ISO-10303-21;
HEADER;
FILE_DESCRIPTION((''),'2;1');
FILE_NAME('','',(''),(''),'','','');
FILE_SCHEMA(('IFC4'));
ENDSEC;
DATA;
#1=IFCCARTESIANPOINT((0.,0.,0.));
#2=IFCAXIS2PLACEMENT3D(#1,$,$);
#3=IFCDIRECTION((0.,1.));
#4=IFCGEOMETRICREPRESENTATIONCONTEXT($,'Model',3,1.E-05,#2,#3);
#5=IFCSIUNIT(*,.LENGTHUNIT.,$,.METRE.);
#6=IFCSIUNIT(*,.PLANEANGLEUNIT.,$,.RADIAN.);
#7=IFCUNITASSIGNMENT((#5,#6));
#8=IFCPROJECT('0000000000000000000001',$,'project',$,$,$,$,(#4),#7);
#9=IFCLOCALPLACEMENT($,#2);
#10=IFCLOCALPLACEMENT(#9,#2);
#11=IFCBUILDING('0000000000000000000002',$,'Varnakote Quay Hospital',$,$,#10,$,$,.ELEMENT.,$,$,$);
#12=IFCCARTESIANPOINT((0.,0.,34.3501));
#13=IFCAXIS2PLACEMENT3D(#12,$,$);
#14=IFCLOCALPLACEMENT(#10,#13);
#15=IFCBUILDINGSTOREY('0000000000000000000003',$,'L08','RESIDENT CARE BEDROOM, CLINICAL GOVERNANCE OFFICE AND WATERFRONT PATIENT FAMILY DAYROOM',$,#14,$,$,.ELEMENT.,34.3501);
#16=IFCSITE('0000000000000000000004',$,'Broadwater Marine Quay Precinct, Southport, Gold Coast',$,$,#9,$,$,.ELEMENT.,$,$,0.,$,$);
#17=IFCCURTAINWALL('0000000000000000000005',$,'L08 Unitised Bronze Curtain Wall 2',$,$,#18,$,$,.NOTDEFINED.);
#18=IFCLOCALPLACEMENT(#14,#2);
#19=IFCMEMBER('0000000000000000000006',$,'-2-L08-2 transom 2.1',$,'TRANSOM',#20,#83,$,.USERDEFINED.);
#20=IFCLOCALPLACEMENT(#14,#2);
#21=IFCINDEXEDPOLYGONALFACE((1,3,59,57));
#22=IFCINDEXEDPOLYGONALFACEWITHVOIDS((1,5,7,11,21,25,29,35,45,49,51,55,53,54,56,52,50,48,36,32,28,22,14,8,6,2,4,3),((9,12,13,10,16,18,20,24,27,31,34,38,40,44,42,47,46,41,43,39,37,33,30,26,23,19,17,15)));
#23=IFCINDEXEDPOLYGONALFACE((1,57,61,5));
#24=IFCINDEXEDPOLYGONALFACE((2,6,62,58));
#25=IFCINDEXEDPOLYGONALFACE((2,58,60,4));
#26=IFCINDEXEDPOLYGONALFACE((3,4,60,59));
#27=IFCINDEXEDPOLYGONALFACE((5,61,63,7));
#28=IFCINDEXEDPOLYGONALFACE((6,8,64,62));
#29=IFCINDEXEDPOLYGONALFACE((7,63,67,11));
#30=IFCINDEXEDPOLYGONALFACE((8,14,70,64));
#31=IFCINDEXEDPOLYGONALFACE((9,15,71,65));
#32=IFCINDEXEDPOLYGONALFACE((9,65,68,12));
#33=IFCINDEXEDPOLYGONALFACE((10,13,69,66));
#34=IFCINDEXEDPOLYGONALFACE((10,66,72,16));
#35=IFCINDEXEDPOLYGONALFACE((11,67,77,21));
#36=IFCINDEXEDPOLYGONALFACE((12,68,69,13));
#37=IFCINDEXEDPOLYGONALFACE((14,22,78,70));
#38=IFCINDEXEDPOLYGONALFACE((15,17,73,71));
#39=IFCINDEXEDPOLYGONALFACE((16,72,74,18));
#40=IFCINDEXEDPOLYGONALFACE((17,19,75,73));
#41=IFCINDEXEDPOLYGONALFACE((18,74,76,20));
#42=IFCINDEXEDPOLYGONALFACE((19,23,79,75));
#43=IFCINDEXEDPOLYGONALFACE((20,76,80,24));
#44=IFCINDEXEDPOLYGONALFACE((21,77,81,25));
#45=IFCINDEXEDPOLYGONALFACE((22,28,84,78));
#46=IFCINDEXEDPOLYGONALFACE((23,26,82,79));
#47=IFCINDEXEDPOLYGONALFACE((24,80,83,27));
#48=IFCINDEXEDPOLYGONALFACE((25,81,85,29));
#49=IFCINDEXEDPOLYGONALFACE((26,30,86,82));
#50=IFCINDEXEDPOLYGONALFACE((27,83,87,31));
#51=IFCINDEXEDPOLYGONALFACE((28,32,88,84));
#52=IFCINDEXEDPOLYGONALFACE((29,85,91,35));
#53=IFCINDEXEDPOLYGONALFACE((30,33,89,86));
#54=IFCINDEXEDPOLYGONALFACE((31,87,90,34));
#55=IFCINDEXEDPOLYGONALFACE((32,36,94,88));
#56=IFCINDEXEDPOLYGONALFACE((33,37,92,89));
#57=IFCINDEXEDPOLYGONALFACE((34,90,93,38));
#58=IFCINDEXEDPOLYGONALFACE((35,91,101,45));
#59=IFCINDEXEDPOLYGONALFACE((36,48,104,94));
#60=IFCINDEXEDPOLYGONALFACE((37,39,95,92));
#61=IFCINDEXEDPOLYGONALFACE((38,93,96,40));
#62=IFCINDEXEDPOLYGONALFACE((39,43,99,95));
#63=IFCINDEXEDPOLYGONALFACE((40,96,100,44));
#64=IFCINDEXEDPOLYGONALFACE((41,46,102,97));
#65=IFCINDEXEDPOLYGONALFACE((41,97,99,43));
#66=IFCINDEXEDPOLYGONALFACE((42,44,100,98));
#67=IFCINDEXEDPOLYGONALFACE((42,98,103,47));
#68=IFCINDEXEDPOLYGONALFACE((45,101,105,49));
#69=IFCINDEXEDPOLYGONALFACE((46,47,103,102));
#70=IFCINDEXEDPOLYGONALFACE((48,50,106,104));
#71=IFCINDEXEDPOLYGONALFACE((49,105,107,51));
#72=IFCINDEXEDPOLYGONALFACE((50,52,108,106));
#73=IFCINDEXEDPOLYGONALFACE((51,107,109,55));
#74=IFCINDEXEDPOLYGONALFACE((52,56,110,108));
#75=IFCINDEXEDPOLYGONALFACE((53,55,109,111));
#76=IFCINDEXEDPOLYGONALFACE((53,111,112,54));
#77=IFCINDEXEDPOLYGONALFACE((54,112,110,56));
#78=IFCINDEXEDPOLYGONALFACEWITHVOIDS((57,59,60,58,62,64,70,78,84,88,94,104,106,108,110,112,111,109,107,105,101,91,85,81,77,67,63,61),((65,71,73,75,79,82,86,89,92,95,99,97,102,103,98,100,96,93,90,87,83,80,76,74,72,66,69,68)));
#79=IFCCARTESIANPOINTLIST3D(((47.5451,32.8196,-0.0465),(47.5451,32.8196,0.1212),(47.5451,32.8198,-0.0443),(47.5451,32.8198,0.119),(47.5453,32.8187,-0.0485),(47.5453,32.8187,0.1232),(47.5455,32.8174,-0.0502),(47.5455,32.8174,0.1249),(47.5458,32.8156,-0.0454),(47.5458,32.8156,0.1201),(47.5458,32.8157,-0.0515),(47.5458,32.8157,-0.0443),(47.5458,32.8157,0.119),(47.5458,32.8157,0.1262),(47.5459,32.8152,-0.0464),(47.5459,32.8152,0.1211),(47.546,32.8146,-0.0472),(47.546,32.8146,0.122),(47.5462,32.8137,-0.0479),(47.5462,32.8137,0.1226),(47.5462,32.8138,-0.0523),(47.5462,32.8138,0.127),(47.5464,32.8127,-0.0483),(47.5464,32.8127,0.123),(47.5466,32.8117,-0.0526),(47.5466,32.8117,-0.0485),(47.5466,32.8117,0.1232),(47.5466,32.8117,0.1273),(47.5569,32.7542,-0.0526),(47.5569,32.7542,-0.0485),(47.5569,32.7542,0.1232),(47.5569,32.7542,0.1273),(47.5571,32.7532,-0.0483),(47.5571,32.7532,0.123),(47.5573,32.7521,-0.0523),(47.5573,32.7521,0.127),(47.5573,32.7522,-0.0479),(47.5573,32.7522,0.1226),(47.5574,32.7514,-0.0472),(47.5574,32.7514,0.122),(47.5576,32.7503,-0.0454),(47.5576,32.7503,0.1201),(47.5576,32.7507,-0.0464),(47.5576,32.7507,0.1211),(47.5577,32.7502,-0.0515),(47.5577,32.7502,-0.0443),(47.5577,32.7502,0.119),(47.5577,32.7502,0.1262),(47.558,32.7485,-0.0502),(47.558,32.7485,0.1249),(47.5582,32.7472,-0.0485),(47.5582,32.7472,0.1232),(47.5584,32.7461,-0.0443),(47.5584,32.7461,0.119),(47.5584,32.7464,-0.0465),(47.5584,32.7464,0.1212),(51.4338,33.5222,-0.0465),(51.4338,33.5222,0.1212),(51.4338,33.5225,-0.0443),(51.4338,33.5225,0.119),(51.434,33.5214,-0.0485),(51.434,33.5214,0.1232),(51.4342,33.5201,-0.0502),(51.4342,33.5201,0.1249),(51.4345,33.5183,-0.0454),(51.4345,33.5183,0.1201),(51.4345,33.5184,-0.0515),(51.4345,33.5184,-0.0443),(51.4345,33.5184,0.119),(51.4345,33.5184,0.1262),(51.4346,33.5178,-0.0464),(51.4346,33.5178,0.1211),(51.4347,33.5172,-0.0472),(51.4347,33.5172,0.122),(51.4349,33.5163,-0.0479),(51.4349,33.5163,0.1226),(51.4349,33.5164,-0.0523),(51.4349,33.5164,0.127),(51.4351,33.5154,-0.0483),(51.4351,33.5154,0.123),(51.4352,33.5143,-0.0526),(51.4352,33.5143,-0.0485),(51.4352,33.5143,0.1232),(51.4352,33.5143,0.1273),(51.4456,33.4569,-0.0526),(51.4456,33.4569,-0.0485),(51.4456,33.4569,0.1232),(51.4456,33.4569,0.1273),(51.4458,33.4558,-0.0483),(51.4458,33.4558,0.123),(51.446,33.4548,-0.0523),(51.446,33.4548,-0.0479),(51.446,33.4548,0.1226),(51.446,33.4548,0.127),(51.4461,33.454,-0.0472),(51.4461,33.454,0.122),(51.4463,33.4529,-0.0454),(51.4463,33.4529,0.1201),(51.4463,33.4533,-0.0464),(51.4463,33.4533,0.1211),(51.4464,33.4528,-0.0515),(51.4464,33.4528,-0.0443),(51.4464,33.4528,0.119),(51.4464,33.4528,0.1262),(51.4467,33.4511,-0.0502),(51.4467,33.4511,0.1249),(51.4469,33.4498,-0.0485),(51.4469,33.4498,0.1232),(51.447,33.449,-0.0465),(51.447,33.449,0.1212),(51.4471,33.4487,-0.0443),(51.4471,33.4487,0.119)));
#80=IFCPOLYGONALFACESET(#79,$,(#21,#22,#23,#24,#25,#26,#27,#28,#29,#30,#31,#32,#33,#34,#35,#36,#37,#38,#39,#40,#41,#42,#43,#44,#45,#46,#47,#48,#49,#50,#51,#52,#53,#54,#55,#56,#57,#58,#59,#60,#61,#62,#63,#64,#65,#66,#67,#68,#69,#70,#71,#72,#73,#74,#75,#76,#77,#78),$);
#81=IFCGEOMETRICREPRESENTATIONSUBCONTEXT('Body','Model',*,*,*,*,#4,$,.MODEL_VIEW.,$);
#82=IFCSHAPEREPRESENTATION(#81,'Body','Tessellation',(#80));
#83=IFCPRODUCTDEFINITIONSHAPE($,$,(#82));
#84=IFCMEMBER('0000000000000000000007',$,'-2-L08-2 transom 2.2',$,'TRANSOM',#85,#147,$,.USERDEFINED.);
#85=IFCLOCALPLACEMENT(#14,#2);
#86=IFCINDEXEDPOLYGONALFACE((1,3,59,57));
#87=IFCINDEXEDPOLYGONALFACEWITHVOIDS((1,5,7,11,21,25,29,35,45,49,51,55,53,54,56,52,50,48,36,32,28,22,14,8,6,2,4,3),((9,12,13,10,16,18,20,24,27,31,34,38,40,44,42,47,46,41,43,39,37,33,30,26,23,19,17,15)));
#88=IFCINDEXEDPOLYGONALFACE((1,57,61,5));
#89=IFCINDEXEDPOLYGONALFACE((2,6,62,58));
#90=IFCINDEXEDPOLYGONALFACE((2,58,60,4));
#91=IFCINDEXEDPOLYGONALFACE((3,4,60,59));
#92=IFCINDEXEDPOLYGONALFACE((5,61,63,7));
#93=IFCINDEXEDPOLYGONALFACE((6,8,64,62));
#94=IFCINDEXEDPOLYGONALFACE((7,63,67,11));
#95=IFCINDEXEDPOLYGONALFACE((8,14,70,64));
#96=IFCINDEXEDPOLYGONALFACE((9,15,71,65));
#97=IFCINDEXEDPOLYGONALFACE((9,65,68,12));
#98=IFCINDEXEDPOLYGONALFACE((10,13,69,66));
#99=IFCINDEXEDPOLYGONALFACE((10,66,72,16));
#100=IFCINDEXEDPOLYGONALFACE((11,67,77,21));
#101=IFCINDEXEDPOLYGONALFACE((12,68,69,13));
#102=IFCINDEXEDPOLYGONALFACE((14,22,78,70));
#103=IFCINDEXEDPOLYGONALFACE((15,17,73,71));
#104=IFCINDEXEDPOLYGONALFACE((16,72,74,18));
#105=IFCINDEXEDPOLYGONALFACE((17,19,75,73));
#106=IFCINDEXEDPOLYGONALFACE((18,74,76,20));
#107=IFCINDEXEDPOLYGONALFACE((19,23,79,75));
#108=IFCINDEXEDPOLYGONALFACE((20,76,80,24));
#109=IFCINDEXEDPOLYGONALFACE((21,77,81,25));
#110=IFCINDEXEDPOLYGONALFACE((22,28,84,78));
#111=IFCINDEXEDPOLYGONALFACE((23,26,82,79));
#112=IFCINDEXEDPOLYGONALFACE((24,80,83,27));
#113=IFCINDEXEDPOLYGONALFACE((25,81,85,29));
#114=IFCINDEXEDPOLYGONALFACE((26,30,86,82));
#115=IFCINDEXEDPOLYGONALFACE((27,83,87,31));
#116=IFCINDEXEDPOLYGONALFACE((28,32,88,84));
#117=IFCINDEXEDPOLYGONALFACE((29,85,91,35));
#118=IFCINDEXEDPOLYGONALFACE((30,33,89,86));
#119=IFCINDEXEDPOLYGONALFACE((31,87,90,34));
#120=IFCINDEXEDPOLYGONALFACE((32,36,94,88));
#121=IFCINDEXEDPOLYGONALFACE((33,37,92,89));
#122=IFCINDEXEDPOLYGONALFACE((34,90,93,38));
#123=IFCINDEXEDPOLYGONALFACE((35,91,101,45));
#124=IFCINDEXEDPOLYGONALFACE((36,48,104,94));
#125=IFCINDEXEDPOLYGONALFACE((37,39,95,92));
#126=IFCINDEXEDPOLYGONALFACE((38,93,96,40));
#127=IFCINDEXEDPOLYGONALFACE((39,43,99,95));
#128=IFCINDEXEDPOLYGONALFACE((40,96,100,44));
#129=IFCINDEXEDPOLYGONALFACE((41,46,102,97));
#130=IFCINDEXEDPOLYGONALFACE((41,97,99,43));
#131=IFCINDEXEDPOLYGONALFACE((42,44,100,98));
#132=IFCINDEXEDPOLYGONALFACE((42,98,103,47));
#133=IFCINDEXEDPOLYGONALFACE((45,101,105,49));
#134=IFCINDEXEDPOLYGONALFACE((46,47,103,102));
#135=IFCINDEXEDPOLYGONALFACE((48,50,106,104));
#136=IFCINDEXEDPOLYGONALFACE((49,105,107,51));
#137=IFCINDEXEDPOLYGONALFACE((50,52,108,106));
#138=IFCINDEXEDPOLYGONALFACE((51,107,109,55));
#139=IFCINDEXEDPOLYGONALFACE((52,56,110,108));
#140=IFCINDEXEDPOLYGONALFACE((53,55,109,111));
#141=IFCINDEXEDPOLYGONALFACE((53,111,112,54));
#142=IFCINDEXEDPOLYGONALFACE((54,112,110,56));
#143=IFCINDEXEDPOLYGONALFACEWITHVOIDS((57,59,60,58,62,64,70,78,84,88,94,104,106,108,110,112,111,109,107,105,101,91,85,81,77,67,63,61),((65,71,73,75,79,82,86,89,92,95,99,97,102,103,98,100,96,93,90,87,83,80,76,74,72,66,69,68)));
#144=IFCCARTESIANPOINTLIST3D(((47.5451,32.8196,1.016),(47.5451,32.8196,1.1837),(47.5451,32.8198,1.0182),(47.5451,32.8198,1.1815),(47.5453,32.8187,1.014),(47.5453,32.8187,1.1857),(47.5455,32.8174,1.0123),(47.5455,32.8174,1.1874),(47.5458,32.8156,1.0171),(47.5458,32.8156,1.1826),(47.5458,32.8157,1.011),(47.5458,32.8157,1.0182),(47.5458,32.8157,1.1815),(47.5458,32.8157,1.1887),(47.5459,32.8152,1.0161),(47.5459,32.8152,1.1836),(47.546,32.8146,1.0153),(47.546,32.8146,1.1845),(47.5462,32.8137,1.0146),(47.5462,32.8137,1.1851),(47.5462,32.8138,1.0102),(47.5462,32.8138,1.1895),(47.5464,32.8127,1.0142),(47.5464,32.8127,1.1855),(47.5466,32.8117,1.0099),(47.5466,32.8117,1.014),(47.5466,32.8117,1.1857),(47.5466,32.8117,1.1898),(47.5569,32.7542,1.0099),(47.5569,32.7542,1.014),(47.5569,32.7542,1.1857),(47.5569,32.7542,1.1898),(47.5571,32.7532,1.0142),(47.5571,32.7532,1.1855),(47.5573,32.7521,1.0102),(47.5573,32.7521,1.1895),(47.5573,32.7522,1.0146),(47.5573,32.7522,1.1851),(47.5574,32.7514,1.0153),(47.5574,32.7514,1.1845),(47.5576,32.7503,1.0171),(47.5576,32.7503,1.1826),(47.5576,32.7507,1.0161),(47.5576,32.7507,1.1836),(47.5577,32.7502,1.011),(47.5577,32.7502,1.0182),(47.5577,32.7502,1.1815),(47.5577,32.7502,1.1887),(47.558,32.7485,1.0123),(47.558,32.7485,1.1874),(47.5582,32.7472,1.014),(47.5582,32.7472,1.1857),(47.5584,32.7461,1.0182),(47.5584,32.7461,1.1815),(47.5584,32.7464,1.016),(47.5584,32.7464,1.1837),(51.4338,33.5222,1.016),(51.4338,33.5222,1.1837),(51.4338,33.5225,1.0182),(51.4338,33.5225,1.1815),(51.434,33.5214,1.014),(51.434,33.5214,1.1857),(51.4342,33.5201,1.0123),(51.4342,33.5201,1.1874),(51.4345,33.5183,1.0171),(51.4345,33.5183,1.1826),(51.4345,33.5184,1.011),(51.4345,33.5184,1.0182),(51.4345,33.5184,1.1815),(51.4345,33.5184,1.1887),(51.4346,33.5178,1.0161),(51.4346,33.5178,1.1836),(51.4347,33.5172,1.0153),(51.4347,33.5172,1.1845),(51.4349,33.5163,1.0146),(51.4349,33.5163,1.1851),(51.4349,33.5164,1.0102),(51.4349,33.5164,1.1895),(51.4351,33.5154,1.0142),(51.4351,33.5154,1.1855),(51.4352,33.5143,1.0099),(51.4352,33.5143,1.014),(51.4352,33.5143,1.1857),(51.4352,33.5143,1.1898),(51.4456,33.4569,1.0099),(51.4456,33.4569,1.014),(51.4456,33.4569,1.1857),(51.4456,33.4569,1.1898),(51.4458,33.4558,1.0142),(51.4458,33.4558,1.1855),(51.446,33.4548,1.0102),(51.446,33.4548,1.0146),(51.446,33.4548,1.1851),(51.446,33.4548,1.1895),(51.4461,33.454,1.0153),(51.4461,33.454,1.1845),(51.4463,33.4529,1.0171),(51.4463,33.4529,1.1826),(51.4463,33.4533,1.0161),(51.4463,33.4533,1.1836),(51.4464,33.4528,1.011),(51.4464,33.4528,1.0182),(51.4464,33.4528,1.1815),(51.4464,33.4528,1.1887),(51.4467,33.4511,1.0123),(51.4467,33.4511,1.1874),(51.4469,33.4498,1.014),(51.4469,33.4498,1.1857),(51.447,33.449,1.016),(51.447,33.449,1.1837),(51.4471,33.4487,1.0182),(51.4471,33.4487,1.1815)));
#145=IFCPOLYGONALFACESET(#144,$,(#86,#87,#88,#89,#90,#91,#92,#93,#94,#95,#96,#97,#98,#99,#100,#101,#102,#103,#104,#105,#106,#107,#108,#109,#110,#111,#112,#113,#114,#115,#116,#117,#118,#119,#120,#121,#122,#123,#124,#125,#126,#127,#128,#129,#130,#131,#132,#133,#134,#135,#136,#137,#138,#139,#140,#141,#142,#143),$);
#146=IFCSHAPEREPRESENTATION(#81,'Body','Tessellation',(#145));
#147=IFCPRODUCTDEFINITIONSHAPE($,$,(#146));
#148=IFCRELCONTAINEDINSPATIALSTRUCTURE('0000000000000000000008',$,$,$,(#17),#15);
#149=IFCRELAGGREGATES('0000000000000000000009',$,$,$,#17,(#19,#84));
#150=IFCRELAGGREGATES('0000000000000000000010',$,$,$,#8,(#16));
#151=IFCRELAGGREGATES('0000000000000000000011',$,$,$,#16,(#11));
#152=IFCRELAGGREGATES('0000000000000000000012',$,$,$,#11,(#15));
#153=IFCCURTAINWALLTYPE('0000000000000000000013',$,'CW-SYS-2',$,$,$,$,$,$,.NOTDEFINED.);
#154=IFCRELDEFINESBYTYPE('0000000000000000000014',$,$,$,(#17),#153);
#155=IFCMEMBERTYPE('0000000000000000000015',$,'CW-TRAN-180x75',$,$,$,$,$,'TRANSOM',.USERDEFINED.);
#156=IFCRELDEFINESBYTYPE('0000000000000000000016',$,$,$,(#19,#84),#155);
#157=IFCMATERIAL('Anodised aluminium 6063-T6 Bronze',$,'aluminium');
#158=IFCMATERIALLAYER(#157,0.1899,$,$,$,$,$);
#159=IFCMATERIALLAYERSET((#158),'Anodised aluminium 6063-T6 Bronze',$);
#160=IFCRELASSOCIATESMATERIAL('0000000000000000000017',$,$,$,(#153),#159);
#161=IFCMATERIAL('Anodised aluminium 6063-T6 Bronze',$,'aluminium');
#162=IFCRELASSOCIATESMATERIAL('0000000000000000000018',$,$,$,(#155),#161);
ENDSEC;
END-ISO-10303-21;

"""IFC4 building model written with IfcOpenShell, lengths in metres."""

from ifc_helpers import new_model, si_unit, direction, frame, origin, origin_2d, place, context, subcontext, project, spatial, hollow_rectangle, extrude, material, layer, layer_set, material_profile, profile_set, type_object, element, aggregate, save


model = new_model("IFC4")

# Units and contexts
model_context = context("Model", 3, precision=1e-05, world=origin(), true_north=direction((0.0, 1.0)))
body_context = subcontext(model_context, "Body", "Model", "MODEL_VIEW")
ifc_project = project(units=[si_unit("LENGTHUNIT", "METRE"), si_unit("PLANEANGLEUNIT", "RADIAN")], contexts=[model_context])

# Site, building, storey
site_placement = place(None, origin())
site = spatial("IfcSite", under=ifc_project, at=site_placement, Name="Broadwater Marine Quay Precinct, Southport, Gold Coast", CompositionType="ELEMENT", RefElevation=0.0)
building_placement = place(site_placement, origin())
building = spatial("IfcBuilding", under=site, at=building_placement, Name="Varnakote Quay Hospital", CompositionType="ELEMENT")
storey_placement = place(building_placement, frame((0.0, 0.0, 34.3501)))
storey = spatial("IfcBuildingStorey", under=building, at=storey_placement, Name="L08", Description="RESIDENT CARE BEDROOM, CLINICAL GOVERNANCE OFFICE AND WATERFRONT PATIENT FAMILY DAYROOM", CompositionType="ELEMENT", Elevation=34.3501)

# Shared definitions
ifc_material_1 = material(Name="Anodised aluminium 6063-T6 Bronze", Category="aluminium")
ifc_layer_1 = layer(ifc_material_1, 0.1899)
ifc_layer_set_1 = layer_set([ifc_layer_1], Name="Anodised aluminium 6063-T6 Bronze")
curtain_wall_type = type_object("IfcCurtainWallType", Name="CW-SYS-2", PredefinedType="NOTDEFINED", material=ifc_layer_set_1)

# Curtain wall
curtain_wall_1_placement = place(storey_placement, origin())
curtain_wall_1 = element("IfcCurtainWall", 1, at=curtain_wall_1_placement, inside=storey, type_object=curtain_wall_type, Name="L08 Unitised Bronze Curtain Wall 2", PredefinedType="NOTDEFINED")

# Members
ifc_material_2 = material(Name="Anodised aluminium 6063-T6 Bronze", Category="aluminium")
ifc_material_profile_1 = material_profile(ifc_material_2, hollow_rectangle(XDim=0.075, YDim=0.1799, WallThickness=0.0042, InnerFilletRadius=0.0042, OuterFilletRadius=0.0083, at=origin_2d()), Name="CW-TRAN-180x75")
ifc_profile_set_1 = profile_set([ifc_material_profile_1], Name="Anodised aluminium 6063-T6 Bronze")
member_type_1 = type_object("IfcMemberType", Name="CW-TRAN-180x75", ElementType="TRANSOM", PredefinedType="USERDEFINED", material=ifc_profile_set_1)
member_1_placement = place(storey_placement, frame((51.4404, 33.4856, 0.0374), z_axis=(-0.984065, -0.177809, 0.0), x_axis=(0.177809, -0.984065, 0.0)))
member_1 = element("IfcMember", 2, at=member_1_placement, type_object=member_type_1, Name="-2-L08-2 transom 2.1", ObjectType="TRANSOM", PredefinedType="USERDEFINED", context=body_context, shape_type="SweptSolid", body=[
    extrude(hollow_rectangle(XDim=0.075, YDim=0.1799, WallThickness=0.0042, InnerFilletRadius=0.0042, OuterFilletRadius=0.0083, at=origin_2d()), origin(), (0.0, 0.0, 1.0), 3.9517),
])
member_2_placement = place(storey_placement, frame((51.4404, 33.4856, 1.0999), z_axis=(-0.984065, -0.177809, 0.0), x_axis=(0.177809, -0.984065, 0.0)))
member_2 = element("IfcMember", 3, at=member_2_placement, type_object=member_type_1, Name="-2-L08-2 transom 2.2", ObjectType="TRANSOM", PredefinedType="USERDEFINED", context=body_context, shape_type="SweptSolid", body=[
    extrude(hollow_rectangle(XDim=0.075, YDim=0.1799, WallThickness=0.0042, InnerFilletRadius=0.0042, OuterFilletRadius=0.0083, at=origin_2d()), origin(), (0.0, 0.0, 1.0), 3.9517),
])

aggregate(curtain_wall_1, [member_1, member_2])

save(model, "model.ifc")
